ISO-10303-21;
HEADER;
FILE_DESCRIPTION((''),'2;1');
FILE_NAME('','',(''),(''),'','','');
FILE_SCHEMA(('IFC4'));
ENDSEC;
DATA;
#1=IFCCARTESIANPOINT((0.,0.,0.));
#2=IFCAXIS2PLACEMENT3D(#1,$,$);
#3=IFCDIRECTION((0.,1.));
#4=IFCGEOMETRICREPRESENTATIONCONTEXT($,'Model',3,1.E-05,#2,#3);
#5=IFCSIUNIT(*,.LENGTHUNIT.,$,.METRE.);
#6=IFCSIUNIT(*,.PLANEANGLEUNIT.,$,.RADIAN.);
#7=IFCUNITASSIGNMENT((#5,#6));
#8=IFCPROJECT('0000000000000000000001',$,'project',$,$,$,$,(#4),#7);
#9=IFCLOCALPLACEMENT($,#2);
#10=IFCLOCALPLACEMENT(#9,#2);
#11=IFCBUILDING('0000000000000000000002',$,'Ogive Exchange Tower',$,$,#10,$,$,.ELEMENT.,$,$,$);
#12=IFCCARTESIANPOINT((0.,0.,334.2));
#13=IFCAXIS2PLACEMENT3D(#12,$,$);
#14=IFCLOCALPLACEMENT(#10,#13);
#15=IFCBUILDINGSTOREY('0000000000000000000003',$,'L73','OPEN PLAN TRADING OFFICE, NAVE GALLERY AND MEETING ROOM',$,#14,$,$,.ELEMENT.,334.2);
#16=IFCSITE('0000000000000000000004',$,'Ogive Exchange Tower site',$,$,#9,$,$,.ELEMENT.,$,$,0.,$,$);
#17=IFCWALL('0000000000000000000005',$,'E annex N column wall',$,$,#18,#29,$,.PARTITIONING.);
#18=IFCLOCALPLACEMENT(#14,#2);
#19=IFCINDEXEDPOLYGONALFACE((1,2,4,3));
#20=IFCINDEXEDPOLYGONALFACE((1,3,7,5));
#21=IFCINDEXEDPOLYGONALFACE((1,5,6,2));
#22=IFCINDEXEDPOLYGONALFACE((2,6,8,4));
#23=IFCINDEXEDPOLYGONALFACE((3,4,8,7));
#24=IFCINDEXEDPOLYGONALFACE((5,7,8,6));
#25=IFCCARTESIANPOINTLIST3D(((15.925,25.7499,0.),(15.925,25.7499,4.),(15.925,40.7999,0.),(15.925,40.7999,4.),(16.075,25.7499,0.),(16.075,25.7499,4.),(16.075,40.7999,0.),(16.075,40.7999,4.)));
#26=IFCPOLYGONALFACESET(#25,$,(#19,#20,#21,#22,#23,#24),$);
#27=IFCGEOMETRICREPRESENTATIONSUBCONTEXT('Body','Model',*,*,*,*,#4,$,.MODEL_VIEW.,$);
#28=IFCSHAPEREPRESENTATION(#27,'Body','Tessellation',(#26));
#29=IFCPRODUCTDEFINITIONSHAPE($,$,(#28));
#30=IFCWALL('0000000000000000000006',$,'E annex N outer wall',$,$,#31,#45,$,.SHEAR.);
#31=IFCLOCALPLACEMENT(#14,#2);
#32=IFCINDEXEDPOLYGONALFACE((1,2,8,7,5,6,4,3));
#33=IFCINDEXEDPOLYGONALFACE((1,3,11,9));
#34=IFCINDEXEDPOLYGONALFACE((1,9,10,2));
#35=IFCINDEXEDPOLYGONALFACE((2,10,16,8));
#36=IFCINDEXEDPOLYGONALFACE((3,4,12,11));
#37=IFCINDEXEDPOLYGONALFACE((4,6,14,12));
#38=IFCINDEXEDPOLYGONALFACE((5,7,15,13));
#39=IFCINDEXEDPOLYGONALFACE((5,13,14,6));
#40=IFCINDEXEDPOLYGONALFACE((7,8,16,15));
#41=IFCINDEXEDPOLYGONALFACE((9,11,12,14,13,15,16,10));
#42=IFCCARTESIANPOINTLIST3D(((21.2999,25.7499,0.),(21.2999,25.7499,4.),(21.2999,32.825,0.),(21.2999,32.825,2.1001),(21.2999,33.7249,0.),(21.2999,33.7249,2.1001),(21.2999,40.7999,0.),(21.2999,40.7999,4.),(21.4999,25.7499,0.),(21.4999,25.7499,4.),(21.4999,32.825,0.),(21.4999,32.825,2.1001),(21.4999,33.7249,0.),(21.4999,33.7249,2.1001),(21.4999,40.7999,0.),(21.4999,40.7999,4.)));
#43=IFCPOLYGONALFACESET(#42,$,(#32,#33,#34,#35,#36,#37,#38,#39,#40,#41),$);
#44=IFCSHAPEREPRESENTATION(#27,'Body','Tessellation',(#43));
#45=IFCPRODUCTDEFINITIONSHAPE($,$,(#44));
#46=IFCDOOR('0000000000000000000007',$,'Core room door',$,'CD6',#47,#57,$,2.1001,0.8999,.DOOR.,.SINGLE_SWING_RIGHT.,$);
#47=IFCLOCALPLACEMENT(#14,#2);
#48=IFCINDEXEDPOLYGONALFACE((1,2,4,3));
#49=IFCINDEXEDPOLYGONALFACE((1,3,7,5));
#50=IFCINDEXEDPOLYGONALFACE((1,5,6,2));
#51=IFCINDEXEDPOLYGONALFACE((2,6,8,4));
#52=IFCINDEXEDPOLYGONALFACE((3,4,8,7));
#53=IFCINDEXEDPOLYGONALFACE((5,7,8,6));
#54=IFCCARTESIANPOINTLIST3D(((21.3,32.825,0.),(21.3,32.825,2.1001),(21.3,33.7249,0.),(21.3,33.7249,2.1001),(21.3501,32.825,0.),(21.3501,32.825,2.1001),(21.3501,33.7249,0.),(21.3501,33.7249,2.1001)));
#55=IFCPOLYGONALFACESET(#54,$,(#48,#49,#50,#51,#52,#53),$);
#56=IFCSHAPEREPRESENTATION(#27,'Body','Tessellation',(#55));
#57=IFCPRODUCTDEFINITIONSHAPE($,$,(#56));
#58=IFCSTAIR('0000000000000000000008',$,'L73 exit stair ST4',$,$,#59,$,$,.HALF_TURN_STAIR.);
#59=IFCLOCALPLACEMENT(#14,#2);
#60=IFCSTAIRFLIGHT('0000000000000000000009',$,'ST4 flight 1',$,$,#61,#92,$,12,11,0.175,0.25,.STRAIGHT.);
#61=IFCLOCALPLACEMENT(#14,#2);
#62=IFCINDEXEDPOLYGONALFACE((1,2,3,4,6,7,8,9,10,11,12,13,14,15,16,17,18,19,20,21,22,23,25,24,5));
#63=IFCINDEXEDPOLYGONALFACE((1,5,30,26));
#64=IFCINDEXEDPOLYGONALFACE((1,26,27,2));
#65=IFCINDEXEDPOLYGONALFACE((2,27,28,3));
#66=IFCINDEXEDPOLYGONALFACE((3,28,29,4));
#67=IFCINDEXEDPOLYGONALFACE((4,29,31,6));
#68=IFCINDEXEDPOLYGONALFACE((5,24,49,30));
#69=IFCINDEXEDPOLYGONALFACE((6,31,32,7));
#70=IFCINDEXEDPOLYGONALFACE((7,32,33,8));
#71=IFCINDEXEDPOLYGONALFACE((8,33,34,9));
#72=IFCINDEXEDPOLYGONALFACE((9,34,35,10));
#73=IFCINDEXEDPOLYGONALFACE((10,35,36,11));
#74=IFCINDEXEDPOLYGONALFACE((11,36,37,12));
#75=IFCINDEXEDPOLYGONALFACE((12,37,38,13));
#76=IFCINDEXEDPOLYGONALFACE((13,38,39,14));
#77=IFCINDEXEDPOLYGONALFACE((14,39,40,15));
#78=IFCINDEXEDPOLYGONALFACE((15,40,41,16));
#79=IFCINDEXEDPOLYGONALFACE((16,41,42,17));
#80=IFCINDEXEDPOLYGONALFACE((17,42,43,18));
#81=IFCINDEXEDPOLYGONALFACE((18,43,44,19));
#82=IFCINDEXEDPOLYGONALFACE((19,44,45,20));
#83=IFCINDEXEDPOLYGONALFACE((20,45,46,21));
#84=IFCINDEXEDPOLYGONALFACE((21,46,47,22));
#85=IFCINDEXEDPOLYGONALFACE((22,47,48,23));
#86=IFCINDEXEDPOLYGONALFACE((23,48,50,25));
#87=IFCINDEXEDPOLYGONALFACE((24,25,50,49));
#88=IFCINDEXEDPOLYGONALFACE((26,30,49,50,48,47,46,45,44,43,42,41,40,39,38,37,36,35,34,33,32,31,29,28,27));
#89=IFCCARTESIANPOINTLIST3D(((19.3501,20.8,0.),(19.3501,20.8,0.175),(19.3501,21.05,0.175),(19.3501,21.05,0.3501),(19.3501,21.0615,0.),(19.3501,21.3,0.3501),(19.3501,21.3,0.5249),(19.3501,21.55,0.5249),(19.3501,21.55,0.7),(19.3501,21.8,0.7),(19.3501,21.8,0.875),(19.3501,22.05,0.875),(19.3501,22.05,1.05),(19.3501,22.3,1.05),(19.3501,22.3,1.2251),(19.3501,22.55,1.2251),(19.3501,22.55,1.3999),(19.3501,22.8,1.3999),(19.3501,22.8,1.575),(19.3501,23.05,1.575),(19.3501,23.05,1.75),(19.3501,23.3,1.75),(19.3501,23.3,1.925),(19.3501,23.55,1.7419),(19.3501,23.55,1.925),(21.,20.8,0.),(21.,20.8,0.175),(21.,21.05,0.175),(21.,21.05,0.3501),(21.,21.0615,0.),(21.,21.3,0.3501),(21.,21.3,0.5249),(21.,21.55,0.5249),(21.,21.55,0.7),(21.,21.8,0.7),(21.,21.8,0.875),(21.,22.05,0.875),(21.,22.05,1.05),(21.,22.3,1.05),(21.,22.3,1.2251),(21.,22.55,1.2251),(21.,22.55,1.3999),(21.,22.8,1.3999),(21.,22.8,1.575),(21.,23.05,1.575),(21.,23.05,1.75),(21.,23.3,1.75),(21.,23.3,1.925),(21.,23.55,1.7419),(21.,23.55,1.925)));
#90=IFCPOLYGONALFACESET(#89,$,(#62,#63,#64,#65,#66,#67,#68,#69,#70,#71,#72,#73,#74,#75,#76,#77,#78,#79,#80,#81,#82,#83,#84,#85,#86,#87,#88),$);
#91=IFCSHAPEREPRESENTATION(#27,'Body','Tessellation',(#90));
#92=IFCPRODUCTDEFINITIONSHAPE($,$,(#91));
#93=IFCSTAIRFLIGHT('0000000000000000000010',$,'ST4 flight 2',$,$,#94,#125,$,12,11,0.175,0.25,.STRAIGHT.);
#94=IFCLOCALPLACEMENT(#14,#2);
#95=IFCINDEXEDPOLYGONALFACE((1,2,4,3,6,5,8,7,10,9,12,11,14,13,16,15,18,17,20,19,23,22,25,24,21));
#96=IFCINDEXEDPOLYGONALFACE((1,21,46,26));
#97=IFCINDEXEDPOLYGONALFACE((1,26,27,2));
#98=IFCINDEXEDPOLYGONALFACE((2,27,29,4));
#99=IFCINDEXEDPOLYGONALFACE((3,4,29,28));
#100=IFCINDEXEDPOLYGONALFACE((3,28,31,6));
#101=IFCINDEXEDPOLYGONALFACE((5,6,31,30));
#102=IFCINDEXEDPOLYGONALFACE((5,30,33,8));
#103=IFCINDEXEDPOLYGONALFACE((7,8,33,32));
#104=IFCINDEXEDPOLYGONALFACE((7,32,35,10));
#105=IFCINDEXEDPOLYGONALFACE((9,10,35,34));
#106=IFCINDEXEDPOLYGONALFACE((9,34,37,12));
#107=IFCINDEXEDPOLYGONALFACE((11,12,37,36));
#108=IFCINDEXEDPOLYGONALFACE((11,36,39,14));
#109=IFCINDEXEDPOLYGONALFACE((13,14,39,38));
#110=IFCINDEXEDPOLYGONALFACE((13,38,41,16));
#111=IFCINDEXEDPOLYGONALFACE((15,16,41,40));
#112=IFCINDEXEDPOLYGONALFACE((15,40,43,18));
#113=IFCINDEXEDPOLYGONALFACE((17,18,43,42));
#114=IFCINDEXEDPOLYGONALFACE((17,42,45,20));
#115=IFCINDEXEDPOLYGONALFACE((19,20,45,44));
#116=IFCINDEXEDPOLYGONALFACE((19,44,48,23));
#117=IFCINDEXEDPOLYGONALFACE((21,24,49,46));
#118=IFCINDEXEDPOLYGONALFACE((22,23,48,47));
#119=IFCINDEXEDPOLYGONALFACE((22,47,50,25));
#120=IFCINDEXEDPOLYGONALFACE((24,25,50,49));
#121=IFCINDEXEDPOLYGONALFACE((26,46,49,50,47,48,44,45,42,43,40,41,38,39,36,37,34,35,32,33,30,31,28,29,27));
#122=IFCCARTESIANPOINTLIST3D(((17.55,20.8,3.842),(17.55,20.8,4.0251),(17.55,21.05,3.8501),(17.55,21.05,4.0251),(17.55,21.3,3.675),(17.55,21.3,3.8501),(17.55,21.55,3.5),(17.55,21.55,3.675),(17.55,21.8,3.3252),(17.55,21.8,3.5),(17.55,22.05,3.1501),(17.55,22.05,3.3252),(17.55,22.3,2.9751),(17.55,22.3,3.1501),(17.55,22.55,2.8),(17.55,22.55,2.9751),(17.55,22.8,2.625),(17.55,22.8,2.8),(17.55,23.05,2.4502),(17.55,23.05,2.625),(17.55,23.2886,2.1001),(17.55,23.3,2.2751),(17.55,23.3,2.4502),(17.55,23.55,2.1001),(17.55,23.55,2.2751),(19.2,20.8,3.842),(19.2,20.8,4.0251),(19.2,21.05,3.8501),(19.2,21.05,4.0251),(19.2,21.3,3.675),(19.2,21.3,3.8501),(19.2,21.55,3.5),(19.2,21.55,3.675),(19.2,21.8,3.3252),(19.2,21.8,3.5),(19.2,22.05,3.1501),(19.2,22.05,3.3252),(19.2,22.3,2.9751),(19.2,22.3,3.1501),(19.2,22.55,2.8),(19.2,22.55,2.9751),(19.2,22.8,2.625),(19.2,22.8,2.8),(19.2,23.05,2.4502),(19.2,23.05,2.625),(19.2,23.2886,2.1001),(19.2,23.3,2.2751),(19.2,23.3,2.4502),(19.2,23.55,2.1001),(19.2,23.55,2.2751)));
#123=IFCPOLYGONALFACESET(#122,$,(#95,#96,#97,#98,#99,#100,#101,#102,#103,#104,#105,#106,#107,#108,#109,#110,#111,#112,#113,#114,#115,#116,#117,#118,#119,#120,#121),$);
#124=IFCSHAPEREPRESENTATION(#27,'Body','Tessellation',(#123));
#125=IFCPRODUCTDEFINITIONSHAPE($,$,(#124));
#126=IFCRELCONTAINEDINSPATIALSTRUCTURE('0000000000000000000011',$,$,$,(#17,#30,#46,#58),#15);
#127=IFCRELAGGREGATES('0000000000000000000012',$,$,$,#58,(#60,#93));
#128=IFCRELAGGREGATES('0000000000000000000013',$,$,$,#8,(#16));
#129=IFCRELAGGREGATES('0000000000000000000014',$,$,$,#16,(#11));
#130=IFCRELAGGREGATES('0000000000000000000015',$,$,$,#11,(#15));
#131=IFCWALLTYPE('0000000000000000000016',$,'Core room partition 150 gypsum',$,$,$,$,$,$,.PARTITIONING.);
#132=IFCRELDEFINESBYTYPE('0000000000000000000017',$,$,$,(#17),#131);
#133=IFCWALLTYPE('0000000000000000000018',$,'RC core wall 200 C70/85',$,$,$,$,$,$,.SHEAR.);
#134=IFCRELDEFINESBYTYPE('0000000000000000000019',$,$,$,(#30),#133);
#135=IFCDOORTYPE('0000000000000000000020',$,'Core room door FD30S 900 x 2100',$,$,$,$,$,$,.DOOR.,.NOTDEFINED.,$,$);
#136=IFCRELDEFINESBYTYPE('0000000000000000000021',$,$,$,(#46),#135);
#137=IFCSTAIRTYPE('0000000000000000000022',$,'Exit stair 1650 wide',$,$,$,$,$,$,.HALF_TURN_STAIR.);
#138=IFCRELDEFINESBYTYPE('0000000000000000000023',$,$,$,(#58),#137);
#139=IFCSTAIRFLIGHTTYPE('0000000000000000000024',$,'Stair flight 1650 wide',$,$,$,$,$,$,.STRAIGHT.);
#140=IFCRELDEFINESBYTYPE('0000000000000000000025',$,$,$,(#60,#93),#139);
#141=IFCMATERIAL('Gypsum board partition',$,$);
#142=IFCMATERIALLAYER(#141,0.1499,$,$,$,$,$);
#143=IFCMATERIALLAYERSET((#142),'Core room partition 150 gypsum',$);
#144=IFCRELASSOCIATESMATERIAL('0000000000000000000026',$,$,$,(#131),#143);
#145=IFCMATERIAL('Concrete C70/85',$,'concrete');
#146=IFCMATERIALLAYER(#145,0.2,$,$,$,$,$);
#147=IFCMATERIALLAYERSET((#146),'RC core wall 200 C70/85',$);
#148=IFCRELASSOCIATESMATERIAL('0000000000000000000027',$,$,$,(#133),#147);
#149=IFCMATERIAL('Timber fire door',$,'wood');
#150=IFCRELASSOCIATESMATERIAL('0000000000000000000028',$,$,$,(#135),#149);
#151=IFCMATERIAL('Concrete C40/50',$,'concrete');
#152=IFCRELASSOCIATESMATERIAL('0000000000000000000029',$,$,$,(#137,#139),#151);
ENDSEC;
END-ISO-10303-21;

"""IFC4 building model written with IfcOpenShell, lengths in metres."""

from ifc_helpers import new_model, si_unit, direction, frame, frame_2d, origin, place, context, subcontext, project, spatial, polyline, rectangle, outline, extrude, material, layer, layer_set, type_object, element, fill, aggregate, save


model = new_model("IFC4")

# Units and contexts
model_context = context("Model", 3, precision=1e-05, world=origin(), true_north=direction((0.0, 1.0)))
body_context = subcontext(model_context, "Body", "Model", "MODEL_VIEW")
ifc_project = project(units=[si_unit("LENGTHUNIT", "METRE"), si_unit("PLANEANGLEUNIT", "RADIAN")], contexts=[model_context])

# Site, building, storey
site_placement = place(None, origin())
site = spatial("IfcSite", under=ifc_project, at=site_placement, Name="Ogive Exchange Tower site", CompositionType="ELEMENT", RefElevation=0.0)
building_placement = place(site_placement, origin())
building = spatial("IfcBuilding", under=site, at=building_placement, Name="Ogive Exchange Tower", CompositionType="ELEMENT")
storey_placement = place(building_placement, frame((0.0, 0.0, 334.2)))
storey = spatial("IfcBuildingStorey", under=building, at=storey_placement, Name="L73", Description="OPEN PLAN TRADING OFFICE, NAVE GALLERY AND MEETING ROOM", CompositionType="ELEMENT", Elevation=334.2)

# Wall
ifc_material_1 = material(Name="Gypsum board partition")
ifc_layer_1 = layer(ifc_material_1, 0.1499)
ifc_layer_set_1 = layer_set([ifc_layer_1], Name="Core room partition 150 gypsum")
wall_type_1 = type_object("IfcWallType", Name="Core room partition 150 gypsum", PredefinedType="PARTITIONING", material=ifc_layer_set_1)
wall_1_placement = place(storey_placement, frame((16.0, 25.75, 0.0), z_axis=(0.0, 0.0, 1.0), x_axis=(0.0, 1.0, 0.0)))
element("IfcWall", 1, at=wall_1_placement, inside=storey, type_object=wall_type_1, Name="E annex N column wall", PredefinedType="PARTITIONING", context=body_context, shape_type="SweptSolid", body=[
    extrude(rectangle(XDim=15.05, YDim=0.1499, at=frame_2d((7.5249, 0.0))), origin(), (0.0, 0.0, 1.0), 4.0),
])

# Wall, opening, door
ifc_material_2 = material(Name="Concrete C70/85", Category="concrete")
ifc_layer_2 = layer(ifc_material_2, 0.2)
ifc_layer_set_2 = layer_set([ifc_layer_2], Name="RC core wall 200 C70/85")
wall_type_2 = type_object("IfcWallType", Name="RC core wall 200 C70/85", PredefinedType="SHEAR", material=ifc_layer_set_2)
wall_2_placement = place(storey_placement, frame((21.3999, 25.75, 0.0), z_axis=(0.0, 0.0, 1.0), x_axis=(0.0, 1.0, 0.0)))
wall_2 = element("IfcWall", 2, at=wall_2_placement, inside=storey, type_object=wall_type_2, Name="E annex N outer wall", PredefinedType="SHEAR", context=body_context, shape_type="SweptSolid", body=[
    extrude(rectangle(XDim=15.05, YDim=0.2, at=frame_2d((7.5249, 0.0))), origin(), (0.0, 0.0, 1.0), 4.0),
])
opening_placement = place(wall_2_placement, frame((7.075, 0.0, 0.0)))
opening = element("IfcOpeningElement", 3, at=opening_placement, cuts=wall_2, PredefinedType="OPENING", context=body_context, shape_type="SweptSolid", body=[
    extrude(rectangle(XDim=0.8999, YDim=2.1001, at=frame_2d((0.45, 1.05))), frame((0.0, 0.1099, 0.0), z_axis=(0.0, -1.0, 0.0), x_axis=(1.0, 0.0, 0.0)), (0.0, 0.0, 1.0), 0.22),
])
ifc_material_3 = material(Name="Timber fire door", Category="wood")
door_type = type_object("IfcDoorType", Name="Core room door FD30S 900 x 2100", OperationType="NOTDEFINED", PredefinedType="DOOR", material=ifc_material_3)
door_placement = place(opening_placement, frame((0.8999, 0.1499, 0.0), z_axis=(0.0, 0.0, 1.0), x_axis=(-1.0, 0.0, 0.0)))
door = element("IfcDoor", 4, at=door_placement, inside=storey, type_object=door_type, Name="Core room door", ObjectType="CD6", OperationType="SINGLE_SWING_RIGHT", OverallHeight=2.1001, OverallWidth=0.8999, PredefinedType="DOOR", context=body_context, shape_type="SweptSolid", body=[
    extrude(rectangle(XDim=0.8999, YDim=2.1001, at=frame_2d((0.45, 1.05))), frame((0.0, 0.1001, 0.0), z_axis=(0.0, -1.0, 0.0), x_axis=(1.0, 0.0, 0.0)), (0.0, 0.0, 1.0), 0.05),
])
fill(opening, door)

# Stair, stair flights
ifc_material_4 = material(Name="Concrete C40/50", Category="concrete")
stair_type = type_object("IfcStairType", Name="Exit stair 1650 wide", PredefinedType="HALF_TURN_STAIR", material=ifc_material_4)
stair_placement = place(storey_placement, origin())
stair = element("IfcStair", 5, at=stair_placement, inside=storey, type_object=stair_type, Name="L73 exit stair ST4", PredefinedType="HALF_TURN_STAIR")
stair_flight_type = type_object("IfcStairFlightType", Name="Stair flight 1650 wide", PredefinedType="STRAIGHT", material=ifc_material_4)
stair_flight_1_placement = place(storey_placement, frame((20.175, 20.8, 0.0), z_axis=(0.0, 0.0, 1.0), x_axis=(0.0, 1.0, 0.0)))
stair_flight_1 = element("IfcStairFlight", 6, at=stair_flight_1_placement, type_object=stair_flight_type, Name="ST4 flight 1", NumberOfRisers=12, NumberOfTreads=11, PredefinedType="STRAIGHT", RiserHeight=0.175, TreadLength=0.25, context=body_context, shape_type="SweptSolid", body=[
    extrude(outline(polyline([(0.0, 0.0), (0.0, 0.175), (0.25, 0.175), (0.25, 0.3501), (0.5, 0.3501), (0.5, 0.5249), (0.75, 0.5249), (0.75, 0.7), (1.0, 0.7), (1.0, 0.875), (1.25, 0.875), (1.25, 1.05), (1.5, 1.05), (1.5, 1.2251), (1.75, 1.2251), (1.75, 1.3999), (2.0, 1.3999), (2.0, 1.575), (2.25, 1.575), (2.25, 1.75), (2.5, 1.75), (2.5, 1.925), (2.75, 1.925), (2.75, 2.1001), (2.75, 1.7419), (0.2615, 0.0), (0.0, 0.0)])), frame((0.0, 0.825, 0.0), z_axis=(0.0, -1.0, 0.0), x_axis=(1.0, 0.0, 0.0)), (0.0, 0.0, 1.0), 1.6499),
])
stair_flight_2_placement = place(storey_placement, frame((18.375, 23.55, 2.1001), z_axis=(0.0, 0.0, 1.0), x_axis=(0.0, -1.0, 0.0)))
stair_flight_2 = element("IfcStairFlight", 7, at=stair_flight_2_placement, type_object=stair_flight_type, Name="ST4 flight 2", NumberOfRisers=12, NumberOfTreads=11, PredefinedType="STRAIGHT", RiserHeight=0.175, TreadLength=0.25, context=body_context, shape_type="SweptSolid", body=[
    extrude(outline(polyline([(0.0, 0.0), (0.0, 0.175), (0.25, 0.175), (0.25, 0.3501), (0.5, 0.3501), (0.5, 0.5249), (0.75, 0.5249), (0.75, 0.7), (1.0, 0.7), (1.0, 0.875), (1.25, 0.875), (1.25, 1.05), (1.5, 1.05), (1.5, 1.2251), (1.75, 1.2251), (1.75, 1.3999), (2.0, 1.3999), (2.0, 1.575), (2.25, 1.575), (2.25, 1.75), (2.5, 1.75), (2.5, 1.925), (2.75, 1.925), (2.75, 2.1001), (2.75, 1.7419), (0.2615, 0.0), (0.0, 0.0)])), frame((0.0, 0.825, 0.0), z_axis=(0.0, -1.0, 0.0), x_axis=(1.0, 0.0, 0.0)), (0.0, 0.0, 1.0), 1.6499),
])
aggregate(stair, [stair_flight_1, stair_flight_2])

save(model, "model.ifc")
